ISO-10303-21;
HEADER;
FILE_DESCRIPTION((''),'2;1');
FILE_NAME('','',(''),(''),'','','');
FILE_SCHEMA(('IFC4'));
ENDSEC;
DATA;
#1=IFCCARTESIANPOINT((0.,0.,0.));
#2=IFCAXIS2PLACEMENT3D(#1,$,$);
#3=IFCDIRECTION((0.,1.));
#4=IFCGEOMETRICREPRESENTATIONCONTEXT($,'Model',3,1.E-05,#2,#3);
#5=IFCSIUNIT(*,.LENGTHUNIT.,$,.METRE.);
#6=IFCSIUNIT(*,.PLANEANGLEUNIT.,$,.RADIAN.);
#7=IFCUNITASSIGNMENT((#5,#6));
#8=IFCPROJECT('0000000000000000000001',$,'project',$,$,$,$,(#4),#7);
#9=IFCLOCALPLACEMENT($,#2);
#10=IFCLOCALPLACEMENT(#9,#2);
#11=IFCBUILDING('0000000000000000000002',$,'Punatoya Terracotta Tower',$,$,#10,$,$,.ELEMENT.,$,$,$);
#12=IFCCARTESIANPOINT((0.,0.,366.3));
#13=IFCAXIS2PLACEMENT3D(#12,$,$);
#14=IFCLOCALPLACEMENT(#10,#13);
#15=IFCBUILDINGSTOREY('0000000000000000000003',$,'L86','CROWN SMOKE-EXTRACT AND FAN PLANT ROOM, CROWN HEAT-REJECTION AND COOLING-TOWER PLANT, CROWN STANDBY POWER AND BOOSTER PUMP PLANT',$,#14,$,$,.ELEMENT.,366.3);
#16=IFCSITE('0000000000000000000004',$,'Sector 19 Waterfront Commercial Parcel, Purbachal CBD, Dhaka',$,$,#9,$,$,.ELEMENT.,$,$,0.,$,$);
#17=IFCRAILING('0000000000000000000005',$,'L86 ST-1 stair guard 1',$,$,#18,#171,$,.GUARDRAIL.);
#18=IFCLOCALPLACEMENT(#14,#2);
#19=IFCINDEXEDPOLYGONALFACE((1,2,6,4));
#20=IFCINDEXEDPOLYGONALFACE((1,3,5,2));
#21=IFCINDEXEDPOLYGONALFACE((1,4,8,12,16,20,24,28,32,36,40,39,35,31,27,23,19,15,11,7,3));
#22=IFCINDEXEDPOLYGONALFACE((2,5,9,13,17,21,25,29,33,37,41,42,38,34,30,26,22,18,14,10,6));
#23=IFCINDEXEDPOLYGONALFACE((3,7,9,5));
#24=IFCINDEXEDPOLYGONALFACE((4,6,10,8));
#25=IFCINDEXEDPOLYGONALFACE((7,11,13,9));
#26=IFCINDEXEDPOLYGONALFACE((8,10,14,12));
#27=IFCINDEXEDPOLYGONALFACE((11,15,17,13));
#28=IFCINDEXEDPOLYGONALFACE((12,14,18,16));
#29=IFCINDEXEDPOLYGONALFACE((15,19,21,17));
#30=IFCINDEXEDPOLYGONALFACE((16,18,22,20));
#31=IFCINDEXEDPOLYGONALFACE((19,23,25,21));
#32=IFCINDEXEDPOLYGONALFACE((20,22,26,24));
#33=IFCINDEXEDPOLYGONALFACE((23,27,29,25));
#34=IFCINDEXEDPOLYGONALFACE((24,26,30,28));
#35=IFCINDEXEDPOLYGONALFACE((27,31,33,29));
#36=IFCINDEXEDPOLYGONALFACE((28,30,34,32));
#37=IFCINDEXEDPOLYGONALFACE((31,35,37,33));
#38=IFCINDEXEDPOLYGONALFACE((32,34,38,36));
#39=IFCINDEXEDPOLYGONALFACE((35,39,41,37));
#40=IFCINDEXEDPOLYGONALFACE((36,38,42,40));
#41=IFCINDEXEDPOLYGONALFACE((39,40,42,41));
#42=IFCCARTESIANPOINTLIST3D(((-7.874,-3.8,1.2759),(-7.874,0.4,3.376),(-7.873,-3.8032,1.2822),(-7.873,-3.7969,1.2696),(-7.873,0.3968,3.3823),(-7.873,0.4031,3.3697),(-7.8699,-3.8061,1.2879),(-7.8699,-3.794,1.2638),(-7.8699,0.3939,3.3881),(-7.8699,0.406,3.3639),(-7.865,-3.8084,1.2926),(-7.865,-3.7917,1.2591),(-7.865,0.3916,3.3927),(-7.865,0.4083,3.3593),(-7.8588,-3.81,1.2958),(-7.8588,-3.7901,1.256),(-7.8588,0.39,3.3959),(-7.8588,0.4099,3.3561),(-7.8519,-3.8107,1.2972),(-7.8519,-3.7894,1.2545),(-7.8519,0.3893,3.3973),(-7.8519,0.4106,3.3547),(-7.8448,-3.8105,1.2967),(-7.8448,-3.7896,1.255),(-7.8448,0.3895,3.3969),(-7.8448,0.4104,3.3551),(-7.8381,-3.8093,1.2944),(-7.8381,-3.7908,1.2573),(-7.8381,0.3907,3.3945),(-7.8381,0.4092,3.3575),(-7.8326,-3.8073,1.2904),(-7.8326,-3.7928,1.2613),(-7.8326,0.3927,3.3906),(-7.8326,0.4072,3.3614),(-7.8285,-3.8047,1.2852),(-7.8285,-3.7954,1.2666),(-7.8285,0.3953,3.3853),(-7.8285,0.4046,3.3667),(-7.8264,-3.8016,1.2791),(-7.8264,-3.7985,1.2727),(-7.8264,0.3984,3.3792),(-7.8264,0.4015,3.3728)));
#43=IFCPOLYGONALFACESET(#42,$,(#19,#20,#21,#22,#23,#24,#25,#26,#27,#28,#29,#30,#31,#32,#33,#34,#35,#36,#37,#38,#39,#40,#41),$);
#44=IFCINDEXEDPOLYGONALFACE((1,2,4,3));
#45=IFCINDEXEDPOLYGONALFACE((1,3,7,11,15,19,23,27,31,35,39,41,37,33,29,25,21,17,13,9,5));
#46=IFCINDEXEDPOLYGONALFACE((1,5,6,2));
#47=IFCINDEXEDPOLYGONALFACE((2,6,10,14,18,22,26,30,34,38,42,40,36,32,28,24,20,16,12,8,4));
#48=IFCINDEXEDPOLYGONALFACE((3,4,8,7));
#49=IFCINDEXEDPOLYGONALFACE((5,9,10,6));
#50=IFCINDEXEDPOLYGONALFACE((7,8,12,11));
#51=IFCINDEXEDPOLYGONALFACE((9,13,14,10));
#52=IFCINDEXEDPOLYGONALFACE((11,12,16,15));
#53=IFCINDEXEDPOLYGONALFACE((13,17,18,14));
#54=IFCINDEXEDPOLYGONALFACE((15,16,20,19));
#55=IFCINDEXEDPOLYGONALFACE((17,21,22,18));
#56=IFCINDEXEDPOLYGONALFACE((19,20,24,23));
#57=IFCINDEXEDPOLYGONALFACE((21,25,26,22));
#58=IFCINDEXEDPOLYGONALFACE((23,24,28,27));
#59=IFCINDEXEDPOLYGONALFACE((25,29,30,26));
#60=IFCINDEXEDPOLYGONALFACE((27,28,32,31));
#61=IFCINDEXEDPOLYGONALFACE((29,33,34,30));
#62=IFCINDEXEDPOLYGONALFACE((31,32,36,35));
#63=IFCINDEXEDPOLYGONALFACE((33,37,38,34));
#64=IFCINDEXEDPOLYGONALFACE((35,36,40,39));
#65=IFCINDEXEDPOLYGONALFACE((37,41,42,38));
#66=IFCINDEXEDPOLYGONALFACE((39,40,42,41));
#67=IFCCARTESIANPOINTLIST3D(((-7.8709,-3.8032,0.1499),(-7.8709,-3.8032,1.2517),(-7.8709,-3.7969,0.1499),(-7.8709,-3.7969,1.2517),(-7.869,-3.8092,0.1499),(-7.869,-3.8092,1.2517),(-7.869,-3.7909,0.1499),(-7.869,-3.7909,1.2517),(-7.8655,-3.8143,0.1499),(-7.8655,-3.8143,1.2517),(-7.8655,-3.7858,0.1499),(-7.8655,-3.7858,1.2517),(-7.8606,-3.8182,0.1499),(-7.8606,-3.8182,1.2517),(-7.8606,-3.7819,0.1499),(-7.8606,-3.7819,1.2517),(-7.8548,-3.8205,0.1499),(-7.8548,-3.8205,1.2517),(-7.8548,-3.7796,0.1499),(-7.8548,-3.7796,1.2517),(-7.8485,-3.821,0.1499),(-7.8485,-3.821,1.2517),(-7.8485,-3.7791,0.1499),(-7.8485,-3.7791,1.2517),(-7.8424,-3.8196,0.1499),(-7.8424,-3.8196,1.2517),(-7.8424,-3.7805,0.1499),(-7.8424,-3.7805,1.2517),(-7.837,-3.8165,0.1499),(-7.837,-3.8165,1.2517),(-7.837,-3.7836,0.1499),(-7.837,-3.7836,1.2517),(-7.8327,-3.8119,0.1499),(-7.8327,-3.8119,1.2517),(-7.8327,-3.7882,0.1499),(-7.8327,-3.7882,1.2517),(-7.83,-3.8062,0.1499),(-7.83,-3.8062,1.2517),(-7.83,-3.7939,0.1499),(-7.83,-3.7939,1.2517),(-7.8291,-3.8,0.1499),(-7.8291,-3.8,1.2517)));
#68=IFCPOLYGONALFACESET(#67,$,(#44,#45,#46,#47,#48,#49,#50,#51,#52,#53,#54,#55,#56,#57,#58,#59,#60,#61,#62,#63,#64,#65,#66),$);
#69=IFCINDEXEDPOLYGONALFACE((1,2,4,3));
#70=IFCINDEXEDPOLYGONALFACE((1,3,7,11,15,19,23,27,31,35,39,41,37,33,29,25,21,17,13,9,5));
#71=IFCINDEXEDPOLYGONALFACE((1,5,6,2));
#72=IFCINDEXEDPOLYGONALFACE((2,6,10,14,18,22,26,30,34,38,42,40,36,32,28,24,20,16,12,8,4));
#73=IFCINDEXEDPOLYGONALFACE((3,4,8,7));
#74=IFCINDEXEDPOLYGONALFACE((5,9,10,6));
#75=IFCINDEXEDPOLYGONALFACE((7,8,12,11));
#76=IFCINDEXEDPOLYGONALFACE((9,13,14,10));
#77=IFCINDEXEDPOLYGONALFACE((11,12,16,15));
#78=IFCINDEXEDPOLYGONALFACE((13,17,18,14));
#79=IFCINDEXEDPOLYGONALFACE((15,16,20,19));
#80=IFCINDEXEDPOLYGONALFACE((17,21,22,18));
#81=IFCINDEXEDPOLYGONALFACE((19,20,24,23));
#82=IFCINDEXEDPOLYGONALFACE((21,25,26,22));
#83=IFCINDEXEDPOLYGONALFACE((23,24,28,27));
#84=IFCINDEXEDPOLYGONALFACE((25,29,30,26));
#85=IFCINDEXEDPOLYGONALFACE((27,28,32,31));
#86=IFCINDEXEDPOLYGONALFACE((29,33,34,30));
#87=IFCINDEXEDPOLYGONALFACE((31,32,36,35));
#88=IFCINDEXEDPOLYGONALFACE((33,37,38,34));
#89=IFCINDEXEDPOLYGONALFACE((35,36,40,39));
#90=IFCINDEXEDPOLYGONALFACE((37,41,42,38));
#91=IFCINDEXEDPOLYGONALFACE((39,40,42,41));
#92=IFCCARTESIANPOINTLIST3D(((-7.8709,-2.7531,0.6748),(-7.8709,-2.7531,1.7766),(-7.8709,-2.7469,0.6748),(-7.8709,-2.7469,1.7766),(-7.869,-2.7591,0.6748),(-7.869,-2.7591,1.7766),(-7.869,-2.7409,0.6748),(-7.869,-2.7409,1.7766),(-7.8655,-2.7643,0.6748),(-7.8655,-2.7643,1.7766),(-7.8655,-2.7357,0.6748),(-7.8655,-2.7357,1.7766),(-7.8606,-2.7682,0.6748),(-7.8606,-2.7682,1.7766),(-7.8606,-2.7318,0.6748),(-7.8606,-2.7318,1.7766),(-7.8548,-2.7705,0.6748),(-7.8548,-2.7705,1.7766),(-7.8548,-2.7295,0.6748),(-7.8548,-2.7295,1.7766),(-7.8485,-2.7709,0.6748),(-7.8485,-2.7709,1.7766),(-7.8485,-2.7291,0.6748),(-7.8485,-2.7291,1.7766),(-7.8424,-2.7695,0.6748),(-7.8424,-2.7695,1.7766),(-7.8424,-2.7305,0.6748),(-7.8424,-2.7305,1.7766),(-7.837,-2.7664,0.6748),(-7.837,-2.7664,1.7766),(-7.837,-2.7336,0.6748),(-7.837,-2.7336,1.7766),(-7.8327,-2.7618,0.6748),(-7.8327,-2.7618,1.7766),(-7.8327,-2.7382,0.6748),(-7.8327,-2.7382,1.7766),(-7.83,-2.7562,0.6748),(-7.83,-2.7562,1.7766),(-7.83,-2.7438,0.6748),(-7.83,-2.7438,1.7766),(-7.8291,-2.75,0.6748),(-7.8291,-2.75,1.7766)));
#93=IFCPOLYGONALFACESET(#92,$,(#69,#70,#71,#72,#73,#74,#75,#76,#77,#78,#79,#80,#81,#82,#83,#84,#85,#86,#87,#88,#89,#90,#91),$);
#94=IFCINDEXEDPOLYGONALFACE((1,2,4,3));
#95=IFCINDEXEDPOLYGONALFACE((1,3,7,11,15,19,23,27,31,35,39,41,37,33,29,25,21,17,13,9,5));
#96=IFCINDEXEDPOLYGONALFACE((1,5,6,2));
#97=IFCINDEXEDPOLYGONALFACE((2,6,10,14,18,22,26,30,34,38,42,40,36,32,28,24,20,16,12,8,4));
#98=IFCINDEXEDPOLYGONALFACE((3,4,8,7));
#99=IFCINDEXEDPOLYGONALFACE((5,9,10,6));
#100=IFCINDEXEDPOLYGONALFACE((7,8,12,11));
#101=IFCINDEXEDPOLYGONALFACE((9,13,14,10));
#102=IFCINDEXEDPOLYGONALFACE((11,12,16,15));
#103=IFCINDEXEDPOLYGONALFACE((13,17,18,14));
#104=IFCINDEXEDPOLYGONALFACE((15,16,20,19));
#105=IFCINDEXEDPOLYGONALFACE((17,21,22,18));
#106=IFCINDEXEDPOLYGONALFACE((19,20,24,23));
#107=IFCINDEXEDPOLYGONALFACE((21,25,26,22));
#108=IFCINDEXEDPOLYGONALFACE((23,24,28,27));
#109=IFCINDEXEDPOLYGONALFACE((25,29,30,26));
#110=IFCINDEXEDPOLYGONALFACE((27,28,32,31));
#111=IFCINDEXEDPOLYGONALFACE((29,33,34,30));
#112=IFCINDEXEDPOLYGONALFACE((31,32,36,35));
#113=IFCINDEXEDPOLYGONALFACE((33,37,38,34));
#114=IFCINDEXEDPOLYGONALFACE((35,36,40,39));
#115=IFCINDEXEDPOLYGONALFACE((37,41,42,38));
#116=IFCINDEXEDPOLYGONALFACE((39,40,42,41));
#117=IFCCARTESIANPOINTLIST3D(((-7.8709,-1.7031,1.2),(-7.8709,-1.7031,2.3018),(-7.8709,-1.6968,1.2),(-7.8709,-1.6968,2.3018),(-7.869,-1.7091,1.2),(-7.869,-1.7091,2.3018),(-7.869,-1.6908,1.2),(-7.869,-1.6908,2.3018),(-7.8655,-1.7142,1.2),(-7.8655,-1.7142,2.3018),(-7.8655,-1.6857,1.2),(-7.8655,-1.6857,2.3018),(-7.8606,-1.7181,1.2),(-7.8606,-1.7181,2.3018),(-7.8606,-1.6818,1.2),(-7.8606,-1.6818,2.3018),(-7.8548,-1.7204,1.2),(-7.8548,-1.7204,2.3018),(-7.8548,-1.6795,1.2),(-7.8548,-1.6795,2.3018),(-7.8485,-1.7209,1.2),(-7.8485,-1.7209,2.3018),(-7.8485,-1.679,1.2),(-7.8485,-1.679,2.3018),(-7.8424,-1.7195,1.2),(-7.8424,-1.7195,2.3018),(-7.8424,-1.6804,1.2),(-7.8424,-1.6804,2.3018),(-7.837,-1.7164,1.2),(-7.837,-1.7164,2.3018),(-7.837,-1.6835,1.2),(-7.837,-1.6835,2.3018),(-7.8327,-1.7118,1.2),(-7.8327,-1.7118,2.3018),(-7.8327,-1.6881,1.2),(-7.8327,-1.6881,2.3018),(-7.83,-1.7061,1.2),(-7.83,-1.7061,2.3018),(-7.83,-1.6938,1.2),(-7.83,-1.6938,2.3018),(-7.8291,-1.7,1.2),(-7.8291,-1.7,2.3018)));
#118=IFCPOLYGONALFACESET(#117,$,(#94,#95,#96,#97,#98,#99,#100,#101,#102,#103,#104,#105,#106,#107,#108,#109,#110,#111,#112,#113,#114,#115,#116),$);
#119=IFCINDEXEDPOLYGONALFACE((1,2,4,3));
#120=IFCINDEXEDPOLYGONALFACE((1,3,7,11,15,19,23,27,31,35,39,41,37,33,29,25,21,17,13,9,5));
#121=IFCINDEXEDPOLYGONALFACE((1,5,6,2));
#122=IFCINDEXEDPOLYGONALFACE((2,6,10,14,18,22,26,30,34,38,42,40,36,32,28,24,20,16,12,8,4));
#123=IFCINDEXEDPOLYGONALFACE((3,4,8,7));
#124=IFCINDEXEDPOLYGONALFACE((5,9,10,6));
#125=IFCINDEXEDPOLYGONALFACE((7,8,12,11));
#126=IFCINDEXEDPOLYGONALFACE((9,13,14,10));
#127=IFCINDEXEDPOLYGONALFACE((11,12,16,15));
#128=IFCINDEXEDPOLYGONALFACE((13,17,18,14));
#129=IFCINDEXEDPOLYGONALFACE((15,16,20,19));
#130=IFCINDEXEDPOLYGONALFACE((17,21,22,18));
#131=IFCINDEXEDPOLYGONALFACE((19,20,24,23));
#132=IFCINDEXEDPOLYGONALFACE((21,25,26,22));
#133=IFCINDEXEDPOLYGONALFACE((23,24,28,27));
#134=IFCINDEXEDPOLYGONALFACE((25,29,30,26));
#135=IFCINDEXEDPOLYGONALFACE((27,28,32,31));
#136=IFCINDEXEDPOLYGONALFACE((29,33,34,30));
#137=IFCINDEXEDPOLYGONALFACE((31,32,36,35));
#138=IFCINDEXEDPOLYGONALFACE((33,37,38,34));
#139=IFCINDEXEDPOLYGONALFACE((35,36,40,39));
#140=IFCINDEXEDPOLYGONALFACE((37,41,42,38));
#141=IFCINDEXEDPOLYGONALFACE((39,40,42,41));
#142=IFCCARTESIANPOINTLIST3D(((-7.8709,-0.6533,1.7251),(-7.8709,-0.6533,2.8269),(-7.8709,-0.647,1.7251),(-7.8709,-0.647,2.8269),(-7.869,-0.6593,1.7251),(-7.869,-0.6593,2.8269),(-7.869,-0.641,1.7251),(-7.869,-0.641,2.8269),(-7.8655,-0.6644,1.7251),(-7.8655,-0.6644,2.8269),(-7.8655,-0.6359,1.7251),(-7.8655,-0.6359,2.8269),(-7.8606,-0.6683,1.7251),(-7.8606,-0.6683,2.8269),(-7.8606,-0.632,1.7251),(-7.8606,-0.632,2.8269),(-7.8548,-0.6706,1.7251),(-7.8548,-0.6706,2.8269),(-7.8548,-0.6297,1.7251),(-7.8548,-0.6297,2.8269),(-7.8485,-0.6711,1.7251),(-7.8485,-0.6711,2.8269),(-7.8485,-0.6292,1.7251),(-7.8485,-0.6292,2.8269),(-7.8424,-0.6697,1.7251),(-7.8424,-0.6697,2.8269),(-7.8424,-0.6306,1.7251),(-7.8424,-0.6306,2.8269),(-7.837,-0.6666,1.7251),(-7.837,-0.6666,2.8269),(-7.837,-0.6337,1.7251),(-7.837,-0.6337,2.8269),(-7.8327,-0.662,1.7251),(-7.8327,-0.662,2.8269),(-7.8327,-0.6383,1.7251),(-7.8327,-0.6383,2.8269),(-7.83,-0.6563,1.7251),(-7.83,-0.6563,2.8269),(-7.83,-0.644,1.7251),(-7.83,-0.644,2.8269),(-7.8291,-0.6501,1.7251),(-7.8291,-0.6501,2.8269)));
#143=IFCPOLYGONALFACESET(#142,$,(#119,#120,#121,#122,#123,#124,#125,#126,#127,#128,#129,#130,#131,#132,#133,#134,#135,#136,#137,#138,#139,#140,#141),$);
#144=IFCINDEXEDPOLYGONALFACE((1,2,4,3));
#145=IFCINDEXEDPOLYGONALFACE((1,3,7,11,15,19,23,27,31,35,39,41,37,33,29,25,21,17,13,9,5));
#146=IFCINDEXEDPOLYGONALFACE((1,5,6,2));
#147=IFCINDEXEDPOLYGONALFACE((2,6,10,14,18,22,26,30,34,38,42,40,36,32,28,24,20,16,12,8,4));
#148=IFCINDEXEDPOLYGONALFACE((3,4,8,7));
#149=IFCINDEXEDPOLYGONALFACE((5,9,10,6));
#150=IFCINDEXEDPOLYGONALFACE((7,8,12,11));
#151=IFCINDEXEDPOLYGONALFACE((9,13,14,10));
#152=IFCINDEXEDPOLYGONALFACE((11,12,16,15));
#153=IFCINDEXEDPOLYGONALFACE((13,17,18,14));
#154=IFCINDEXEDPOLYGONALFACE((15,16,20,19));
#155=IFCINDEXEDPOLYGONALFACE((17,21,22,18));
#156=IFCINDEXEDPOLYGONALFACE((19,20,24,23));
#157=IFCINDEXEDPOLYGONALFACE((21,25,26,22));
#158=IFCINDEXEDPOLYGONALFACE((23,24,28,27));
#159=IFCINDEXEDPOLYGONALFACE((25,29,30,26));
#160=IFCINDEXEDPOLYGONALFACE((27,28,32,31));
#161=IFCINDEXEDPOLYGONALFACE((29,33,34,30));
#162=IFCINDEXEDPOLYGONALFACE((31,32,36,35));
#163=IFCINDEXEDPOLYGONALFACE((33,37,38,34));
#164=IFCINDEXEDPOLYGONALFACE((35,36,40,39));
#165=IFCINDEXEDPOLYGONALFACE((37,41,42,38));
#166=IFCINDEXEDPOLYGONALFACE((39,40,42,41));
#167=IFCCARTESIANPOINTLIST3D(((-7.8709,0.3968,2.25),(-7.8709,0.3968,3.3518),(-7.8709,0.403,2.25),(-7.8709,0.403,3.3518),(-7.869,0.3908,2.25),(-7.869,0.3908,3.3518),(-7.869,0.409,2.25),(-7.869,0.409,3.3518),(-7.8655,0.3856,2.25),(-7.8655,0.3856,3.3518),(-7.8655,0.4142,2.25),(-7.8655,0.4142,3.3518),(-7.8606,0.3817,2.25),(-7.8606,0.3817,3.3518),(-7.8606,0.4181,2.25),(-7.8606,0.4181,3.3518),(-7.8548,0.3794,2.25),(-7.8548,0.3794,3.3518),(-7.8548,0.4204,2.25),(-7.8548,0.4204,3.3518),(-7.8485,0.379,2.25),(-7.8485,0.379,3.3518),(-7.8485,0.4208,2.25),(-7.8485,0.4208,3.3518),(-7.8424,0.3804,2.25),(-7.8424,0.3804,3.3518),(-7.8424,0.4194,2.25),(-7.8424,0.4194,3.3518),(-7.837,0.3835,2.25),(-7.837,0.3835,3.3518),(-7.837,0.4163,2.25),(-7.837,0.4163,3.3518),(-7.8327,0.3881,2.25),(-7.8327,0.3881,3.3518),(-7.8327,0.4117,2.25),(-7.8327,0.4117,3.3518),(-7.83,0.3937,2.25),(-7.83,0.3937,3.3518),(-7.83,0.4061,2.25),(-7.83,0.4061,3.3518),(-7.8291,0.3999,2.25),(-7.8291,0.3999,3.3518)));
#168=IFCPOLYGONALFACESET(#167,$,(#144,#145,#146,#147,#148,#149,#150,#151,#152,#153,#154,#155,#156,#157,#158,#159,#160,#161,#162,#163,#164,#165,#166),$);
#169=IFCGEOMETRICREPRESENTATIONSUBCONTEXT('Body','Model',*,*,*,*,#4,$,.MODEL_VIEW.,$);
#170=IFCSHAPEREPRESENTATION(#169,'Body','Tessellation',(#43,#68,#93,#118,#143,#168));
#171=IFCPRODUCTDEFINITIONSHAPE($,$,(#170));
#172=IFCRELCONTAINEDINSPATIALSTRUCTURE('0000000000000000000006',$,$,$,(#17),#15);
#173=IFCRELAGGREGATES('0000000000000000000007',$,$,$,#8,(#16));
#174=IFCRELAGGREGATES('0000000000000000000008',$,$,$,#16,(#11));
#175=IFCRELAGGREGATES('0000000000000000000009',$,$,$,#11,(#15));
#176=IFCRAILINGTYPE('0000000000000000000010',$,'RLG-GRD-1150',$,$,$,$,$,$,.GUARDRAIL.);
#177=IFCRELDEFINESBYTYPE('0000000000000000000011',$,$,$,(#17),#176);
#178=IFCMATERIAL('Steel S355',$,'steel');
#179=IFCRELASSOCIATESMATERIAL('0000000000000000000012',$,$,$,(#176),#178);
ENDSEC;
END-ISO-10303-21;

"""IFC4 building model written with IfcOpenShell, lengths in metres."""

from ifc_helpers import new_model, si_unit, direction, frame, origin, origin_2d, place, context, subcontext, project, spatial, circle, extrude, material, type_object, element, save


model = new_model("IFC4")

# Units and contexts
model_context = context("Model", 3, precision=1e-05, world=origin(), true_north=direction((0.0, 1.0)))
body_context = subcontext(model_context, "Body", "Model", "MODEL_VIEW")
ifc_project = project(units=[si_unit("LENGTHUNIT", "METRE"), si_unit("PLANEANGLEUNIT", "RADIAN")], contexts=[model_context])

# Site, building, storey
site_placement = place(None, origin())
site = spatial("IfcSite", under=ifc_project, at=site_placement, Name="Sector 19 Waterfront Commercial Parcel, Purbachal CBD, Dhaka", CompositionType="ELEMENT", RefElevation=0.0)
building_placement = place(site_placement, origin())
building = spatial("IfcBuilding", under=site, at=building_placement, Name="Punatoya Terracotta Tower", CompositionType="ELEMENT")
storey_placement = place(building_placement, frame((0.0, 0.0, 366.3)))
storey = spatial("IfcBuildingStorey", under=building, at=storey_placement, Name="L86", Description="CROWN SMOKE-EXTRACT AND FAN PLANT ROOM, CROWN HEAT-REJECTION AND COOLING-TOWER PLANT, CROWN STANDBY POWER AND BOOSTER PUMP PLANT", CompositionType="ELEMENT", Elevation=366.3)

# Shared definitions
ifc_material_1 = material(Name="Steel S355", Category="steel")

# Railing
railing_type = type_object("IfcRailingType", Name="RLG-GRD-1150", PredefinedType="GUARDRAIL", material=ifc_material_1)
railing_1_placement = place(storey_placement, frame((-7.8501, -3.8, 0.1499)))
element("IfcRailing", 1, at=railing_1_placement, inside=storey, type_object=railing_type, Name="L86 ST-1 stair guard 1", PredefinedType="GUARDRAIL", context=body_context, shape_type="SweptSolid", body=[
    extrude(circle(Radius=0.0239, at=origin_2d()), frame((0.0, 0.0, 1.126), z_axis=(0.0, 0.894417, 0.447234), x_axis=(-1.0, 0.0, 0.0)), (0.0, 0.0, 1.0), 4.6958),
    extrude(circle(Radius=0.021, at=origin_2d()), origin(), (0.0, 0.0, 1.0), 1.1018),
    extrude(circle(Radius=0.021, at=origin_2d()), frame((0.0, 1.05, 0.5249)), (0.0, 0.0, 1.0), 1.1018),
    extrude(circle(Radius=0.021, at=origin_2d()), frame((0.0, 2.1001, 1.05)), (0.0, 0.0, 1.0), 1.1018),
    extrude(circle(Radius=0.021, at=origin_2d()), frame((0.0, 3.1499, 1.5752)), (0.0, 0.0, 1.0), 1.1018),
    extrude(circle(Radius=0.021, at=origin_2d()), frame((0.0, 4.2, 2.1001)), (0.0, 0.0, 1.0), 1.1018),
])

save(model, "model.ifc")
